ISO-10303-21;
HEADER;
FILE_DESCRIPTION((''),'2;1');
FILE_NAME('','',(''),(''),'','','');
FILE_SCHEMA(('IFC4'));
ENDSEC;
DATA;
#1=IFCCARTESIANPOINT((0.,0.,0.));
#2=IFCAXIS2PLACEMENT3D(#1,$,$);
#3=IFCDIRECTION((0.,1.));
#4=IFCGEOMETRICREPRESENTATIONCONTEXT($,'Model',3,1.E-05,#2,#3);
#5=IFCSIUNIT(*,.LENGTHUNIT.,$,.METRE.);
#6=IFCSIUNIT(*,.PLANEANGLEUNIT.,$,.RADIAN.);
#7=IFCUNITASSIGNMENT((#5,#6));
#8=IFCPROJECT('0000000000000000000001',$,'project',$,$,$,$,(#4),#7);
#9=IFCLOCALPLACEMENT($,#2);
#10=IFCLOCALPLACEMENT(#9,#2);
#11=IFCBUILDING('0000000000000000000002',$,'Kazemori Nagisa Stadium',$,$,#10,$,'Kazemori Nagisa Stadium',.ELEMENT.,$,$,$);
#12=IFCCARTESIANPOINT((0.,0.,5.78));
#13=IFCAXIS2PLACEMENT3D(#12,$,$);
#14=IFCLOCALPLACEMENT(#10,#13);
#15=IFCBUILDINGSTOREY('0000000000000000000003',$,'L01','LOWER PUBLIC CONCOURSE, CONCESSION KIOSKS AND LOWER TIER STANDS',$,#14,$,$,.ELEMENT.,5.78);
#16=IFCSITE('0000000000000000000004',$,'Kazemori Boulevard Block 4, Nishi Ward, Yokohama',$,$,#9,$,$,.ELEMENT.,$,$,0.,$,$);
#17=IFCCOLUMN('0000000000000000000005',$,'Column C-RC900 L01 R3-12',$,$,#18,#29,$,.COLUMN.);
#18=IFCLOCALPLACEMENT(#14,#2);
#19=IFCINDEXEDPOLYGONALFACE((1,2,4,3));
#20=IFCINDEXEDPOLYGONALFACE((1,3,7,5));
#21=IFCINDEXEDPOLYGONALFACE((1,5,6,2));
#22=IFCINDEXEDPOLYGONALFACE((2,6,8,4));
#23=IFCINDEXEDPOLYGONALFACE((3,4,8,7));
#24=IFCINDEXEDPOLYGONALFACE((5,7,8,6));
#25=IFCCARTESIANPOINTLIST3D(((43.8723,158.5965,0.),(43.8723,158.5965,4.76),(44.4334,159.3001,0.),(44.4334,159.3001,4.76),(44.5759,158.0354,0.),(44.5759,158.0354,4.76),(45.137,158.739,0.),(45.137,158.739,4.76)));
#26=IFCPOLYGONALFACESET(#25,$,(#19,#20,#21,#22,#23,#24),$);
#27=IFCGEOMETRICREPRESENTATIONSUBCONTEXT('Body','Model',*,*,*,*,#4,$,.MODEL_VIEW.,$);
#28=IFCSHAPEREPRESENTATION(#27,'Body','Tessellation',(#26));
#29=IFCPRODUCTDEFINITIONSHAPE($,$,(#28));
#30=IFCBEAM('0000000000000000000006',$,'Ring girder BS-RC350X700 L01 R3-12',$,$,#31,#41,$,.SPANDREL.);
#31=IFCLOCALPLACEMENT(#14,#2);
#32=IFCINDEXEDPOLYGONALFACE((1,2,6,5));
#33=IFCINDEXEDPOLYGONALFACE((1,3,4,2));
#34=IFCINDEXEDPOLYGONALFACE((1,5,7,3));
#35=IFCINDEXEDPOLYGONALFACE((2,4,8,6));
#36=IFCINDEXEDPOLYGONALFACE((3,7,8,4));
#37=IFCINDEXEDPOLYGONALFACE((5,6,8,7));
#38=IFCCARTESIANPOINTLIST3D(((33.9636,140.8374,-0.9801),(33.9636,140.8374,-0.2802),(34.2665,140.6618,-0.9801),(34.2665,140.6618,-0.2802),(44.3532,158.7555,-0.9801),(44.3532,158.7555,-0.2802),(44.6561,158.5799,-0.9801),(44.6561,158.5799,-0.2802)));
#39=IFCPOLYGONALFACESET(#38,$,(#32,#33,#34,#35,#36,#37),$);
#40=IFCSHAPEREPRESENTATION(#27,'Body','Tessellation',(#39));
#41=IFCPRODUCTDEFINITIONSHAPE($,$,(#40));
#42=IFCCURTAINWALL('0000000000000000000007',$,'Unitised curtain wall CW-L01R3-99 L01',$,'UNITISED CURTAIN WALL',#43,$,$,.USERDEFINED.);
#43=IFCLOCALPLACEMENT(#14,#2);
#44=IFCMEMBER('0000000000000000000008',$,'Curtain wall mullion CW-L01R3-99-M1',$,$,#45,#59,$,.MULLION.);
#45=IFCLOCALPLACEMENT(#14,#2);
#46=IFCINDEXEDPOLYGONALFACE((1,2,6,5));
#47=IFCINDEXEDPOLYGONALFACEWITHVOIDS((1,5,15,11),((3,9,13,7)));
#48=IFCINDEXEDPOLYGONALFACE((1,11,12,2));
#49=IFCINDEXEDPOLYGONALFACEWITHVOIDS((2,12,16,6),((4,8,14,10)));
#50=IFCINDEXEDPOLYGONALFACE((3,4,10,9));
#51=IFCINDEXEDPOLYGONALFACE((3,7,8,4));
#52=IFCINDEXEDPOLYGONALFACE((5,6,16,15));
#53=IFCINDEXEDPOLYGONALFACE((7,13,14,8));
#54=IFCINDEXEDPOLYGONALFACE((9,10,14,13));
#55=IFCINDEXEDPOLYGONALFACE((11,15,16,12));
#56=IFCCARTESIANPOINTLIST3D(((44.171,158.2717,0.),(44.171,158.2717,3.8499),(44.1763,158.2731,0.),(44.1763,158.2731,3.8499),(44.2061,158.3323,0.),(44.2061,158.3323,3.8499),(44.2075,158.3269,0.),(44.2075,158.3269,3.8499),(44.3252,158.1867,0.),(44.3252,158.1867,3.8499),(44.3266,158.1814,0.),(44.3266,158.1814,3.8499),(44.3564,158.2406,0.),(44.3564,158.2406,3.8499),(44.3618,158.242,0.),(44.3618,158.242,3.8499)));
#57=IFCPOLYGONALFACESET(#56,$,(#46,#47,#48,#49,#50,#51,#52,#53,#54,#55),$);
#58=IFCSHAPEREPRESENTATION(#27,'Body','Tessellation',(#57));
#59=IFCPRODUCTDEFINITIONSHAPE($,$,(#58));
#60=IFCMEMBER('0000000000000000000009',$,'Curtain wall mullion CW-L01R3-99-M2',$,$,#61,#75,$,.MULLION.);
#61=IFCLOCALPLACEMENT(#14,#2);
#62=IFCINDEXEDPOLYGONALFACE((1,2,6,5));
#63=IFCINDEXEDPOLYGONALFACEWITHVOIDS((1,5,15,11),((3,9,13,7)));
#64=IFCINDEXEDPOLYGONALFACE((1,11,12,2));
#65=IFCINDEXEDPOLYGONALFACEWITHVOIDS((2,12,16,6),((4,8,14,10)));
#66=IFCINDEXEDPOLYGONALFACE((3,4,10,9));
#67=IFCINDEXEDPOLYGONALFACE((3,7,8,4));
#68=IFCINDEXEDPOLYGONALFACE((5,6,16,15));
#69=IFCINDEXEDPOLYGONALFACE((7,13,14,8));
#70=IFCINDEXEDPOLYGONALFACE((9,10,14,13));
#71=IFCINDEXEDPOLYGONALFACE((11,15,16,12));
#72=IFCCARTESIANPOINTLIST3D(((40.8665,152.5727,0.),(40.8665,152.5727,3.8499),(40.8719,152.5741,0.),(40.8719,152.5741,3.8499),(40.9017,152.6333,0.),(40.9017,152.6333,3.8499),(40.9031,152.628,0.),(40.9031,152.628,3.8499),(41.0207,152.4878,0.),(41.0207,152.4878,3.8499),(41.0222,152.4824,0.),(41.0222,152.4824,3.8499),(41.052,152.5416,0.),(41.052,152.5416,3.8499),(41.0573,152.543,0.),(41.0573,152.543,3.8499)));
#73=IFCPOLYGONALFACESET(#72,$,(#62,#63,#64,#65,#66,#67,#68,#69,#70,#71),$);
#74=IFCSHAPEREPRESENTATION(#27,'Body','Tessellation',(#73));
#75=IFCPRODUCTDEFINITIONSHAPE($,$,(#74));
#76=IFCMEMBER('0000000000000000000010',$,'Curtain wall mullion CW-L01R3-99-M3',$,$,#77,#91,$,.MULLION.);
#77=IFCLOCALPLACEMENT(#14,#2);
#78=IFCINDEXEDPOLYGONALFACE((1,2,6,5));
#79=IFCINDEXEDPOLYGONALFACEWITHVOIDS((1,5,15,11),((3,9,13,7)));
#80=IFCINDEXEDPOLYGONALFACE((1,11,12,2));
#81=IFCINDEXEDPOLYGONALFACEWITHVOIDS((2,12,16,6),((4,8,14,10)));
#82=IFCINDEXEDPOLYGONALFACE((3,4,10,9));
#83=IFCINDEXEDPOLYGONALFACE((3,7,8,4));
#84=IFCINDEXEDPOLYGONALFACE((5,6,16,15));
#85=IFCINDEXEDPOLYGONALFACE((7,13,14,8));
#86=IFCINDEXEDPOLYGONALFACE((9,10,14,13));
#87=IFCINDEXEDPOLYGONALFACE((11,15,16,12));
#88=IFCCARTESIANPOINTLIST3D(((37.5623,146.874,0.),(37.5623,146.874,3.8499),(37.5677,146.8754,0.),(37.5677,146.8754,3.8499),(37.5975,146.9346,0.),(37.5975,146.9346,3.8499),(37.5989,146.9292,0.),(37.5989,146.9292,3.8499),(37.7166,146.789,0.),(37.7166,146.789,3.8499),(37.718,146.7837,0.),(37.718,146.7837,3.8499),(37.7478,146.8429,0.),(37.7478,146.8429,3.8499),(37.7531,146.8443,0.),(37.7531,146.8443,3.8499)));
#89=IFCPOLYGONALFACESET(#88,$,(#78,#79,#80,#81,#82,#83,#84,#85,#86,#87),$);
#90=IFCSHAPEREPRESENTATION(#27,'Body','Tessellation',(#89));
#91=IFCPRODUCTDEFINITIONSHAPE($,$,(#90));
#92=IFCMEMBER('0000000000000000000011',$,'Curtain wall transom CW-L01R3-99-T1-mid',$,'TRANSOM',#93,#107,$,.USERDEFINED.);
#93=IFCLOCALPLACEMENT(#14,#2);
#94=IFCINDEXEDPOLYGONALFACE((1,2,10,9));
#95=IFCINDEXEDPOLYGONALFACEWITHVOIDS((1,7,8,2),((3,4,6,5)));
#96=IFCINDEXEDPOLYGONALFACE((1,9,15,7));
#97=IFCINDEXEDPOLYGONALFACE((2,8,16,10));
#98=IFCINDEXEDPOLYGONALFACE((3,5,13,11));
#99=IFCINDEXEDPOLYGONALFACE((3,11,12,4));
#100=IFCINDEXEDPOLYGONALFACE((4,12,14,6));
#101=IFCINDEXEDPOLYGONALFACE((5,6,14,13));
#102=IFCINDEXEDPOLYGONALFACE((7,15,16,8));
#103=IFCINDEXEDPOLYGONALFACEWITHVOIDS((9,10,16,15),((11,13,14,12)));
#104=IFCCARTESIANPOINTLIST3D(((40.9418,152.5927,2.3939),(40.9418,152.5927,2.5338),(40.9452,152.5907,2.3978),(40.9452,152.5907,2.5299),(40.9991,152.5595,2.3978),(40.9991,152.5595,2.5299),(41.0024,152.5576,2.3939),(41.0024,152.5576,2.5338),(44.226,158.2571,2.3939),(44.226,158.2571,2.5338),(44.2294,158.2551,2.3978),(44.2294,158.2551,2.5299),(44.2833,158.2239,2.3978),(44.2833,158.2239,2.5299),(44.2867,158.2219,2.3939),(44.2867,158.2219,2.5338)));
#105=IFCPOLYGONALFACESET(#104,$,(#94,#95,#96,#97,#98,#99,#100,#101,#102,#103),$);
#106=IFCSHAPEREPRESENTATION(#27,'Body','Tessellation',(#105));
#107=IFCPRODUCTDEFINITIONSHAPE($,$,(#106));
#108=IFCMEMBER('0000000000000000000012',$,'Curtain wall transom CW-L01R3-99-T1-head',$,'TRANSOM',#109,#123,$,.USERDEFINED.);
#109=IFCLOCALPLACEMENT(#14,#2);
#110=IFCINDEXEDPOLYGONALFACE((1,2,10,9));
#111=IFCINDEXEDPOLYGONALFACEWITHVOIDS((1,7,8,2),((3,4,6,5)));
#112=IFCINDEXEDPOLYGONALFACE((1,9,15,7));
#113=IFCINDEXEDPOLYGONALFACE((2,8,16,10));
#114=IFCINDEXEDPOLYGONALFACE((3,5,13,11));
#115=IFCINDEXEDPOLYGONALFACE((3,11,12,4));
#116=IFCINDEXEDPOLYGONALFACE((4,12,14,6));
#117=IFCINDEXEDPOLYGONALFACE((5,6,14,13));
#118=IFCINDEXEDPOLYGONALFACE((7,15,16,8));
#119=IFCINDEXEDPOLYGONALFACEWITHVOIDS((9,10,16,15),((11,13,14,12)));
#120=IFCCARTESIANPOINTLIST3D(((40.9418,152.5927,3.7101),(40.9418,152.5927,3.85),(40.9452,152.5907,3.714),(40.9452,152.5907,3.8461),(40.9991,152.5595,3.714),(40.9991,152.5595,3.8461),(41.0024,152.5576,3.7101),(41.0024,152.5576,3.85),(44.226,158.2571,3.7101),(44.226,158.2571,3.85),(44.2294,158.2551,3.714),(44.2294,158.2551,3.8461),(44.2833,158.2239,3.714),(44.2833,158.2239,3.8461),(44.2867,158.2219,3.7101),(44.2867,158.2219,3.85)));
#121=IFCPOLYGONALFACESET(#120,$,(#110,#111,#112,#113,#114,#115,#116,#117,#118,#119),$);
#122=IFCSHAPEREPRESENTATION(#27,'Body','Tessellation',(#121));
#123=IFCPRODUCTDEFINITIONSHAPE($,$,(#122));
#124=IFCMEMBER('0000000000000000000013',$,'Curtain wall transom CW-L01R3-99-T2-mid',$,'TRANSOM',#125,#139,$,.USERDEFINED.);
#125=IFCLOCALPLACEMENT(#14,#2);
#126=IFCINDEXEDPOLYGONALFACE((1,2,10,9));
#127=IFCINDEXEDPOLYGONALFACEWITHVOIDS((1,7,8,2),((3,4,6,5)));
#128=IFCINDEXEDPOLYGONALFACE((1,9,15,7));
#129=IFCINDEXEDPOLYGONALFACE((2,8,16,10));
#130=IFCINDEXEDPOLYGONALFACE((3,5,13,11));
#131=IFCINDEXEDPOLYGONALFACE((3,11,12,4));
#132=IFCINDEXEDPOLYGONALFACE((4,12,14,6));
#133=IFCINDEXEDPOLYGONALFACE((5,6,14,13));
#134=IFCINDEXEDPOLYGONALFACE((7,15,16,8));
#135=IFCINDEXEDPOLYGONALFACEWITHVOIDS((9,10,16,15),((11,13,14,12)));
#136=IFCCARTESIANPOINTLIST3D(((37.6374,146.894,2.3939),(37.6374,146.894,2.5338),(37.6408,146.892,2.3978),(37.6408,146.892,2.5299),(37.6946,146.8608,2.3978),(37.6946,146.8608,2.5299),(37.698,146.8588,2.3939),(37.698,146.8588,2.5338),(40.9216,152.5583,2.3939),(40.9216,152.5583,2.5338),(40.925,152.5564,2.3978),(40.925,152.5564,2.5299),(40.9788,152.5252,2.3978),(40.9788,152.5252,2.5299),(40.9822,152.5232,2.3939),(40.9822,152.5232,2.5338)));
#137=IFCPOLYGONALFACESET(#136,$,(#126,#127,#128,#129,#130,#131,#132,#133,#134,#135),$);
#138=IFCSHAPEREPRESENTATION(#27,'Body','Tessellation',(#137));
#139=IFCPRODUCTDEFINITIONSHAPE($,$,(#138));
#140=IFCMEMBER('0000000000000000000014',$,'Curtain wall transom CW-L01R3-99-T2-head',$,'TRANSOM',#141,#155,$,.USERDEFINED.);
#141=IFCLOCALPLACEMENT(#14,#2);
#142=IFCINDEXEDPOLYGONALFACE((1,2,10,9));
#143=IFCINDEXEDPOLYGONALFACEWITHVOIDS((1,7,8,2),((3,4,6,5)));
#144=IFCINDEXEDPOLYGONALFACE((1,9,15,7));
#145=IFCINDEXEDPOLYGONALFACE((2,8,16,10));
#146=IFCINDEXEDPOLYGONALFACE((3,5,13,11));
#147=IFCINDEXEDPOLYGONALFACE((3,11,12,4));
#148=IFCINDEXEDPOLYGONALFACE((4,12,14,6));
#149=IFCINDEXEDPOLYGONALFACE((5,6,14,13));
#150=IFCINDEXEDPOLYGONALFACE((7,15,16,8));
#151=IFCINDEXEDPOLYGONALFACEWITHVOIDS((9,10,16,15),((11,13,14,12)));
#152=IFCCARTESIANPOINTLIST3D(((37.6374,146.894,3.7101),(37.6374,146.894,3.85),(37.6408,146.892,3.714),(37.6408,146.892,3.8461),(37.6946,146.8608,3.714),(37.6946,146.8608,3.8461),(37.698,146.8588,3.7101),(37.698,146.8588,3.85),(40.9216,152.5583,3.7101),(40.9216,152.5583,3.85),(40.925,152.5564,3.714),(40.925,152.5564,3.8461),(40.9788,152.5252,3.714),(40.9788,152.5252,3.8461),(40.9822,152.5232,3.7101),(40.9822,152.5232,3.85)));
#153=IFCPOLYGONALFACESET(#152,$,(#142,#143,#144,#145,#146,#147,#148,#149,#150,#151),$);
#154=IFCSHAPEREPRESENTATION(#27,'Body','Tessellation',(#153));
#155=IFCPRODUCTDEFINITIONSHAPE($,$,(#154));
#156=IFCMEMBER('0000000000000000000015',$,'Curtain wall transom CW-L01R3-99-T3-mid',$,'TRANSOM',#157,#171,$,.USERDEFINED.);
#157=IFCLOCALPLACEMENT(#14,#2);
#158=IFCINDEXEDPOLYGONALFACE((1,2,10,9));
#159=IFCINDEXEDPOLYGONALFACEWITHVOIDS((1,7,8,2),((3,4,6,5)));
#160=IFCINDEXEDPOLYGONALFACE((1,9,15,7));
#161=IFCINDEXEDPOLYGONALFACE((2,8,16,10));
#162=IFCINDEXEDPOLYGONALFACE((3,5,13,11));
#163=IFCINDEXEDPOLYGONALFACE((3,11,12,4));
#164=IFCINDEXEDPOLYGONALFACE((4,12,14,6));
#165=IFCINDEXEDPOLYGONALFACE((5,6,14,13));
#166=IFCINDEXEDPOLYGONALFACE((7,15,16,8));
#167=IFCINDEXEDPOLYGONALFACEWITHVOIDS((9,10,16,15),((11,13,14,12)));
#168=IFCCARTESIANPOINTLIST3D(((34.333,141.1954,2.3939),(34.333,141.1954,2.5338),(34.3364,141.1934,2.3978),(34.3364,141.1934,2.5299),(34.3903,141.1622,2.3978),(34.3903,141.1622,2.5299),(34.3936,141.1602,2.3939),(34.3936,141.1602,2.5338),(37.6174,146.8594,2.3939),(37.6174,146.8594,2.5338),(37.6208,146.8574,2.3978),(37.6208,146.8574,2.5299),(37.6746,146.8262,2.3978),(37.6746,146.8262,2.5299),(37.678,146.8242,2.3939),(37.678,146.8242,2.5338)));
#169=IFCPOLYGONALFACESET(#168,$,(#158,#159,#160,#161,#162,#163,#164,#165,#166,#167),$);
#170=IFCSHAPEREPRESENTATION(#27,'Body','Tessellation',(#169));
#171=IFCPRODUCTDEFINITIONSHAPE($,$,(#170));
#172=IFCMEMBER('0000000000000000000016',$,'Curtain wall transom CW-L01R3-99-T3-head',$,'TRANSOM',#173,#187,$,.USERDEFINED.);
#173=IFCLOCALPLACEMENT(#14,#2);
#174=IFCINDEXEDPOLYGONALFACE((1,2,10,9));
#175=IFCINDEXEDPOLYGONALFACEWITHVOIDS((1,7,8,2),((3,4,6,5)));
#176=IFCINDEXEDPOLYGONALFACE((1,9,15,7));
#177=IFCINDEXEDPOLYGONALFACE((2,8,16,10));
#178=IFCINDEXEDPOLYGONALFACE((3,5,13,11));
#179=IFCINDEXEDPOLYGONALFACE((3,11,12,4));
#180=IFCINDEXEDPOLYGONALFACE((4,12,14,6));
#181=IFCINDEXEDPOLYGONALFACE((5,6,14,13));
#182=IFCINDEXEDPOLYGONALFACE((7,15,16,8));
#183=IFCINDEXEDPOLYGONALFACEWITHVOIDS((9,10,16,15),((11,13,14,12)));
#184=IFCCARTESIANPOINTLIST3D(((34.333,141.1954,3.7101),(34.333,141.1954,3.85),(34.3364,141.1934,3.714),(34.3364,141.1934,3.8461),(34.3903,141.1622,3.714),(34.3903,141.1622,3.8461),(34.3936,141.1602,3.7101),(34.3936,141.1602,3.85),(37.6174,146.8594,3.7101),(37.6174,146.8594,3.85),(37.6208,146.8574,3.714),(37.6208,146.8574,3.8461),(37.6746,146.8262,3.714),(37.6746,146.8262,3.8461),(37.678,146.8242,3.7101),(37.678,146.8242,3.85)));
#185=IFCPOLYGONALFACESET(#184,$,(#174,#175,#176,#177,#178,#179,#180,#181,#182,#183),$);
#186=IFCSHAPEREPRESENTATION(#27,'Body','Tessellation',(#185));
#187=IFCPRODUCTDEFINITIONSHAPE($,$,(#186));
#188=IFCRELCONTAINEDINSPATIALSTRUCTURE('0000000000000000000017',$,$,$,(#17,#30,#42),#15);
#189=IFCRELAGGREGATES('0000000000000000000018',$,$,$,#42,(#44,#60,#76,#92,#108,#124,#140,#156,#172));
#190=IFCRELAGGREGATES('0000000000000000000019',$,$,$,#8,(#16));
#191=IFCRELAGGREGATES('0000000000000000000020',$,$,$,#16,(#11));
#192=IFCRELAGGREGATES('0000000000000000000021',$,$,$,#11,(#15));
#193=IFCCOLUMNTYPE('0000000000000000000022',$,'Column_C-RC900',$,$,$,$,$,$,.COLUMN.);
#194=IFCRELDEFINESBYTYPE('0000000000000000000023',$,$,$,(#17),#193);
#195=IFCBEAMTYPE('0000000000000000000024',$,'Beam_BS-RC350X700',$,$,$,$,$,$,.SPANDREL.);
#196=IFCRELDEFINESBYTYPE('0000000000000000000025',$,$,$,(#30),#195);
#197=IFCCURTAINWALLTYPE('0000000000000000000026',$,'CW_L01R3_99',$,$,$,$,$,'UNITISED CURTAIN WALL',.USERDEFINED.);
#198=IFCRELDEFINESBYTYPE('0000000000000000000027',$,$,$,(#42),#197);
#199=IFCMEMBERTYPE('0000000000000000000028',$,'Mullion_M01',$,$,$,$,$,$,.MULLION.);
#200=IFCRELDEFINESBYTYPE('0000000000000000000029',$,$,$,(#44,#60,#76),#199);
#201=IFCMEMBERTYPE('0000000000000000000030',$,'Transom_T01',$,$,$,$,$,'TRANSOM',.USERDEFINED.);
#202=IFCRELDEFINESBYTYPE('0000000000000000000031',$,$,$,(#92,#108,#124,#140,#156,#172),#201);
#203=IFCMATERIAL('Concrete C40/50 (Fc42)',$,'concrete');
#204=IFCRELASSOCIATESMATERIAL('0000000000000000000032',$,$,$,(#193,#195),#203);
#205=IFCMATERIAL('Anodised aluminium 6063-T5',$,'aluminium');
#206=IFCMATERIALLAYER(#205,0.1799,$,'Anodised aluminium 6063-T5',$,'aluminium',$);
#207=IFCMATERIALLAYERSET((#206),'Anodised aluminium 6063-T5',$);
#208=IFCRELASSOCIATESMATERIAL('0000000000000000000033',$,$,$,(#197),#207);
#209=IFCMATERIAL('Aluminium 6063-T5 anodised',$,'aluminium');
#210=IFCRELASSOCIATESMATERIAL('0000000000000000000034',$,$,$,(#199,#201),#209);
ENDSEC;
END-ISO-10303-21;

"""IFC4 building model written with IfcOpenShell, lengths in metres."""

from ifc_helpers import new_model, si_unit, direction, frame, origin, origin_2d, place, context, subcontext, project, spatial, rectangle, hollow_rectangle, extrude, material, layer, layer_set, material_profile, profile_set, type_object, element, aggregate, save


model = new_model("IFC4")

# Units and contexts
model_context = context("Model", 3, precision=1e-05, world=origin(), true_north=direction((0.0, 1.0)))
body_context = subcontext(model_context, "Body", "Model", "MODEL_VIEW")
ifc_project = project(units=[si_unit("LENGTHUNIT", "METRE"), si_unit("PLANEANGLEUNIT", "RADIAN")], contexts=[model_context])

# Site, building, storey
site_placement = place(None, origin())
site = spatial("IfcSite", under=ifc_project, at=site_placement, Name="Kazemori Boulevard Block 4, Nishi Ward, Yokohama", CompositionType="ELEMENT", RefElevation=0.0)
building_placement = place(site_placement, origin())
building = spatial("IfcBuilding", under=site, at=building_placement, Name="Kazemori Nagisa Stadium", LongName="Kazemori Nagisa Stadium", CompositionType="ELEMENT")
storey_placement = place(building_placement, frame((0.0, 0.0, 5.78)))
storey = spatial("IfcBuildingStorey", under=building, at=storey_placement, Name="L01", Description="LOWER PUBLIC CONCOURSE, CONCESSION KIOSKS AND LOWER TIER STANDS", CompositionType="ELEMENT", Elevation=5.78)

# Column
ifc_material_1 = material(Name="Concrete C40/50 (Fc42)", Category="concrete")
ifc_material_profile_1 = material_profile(ifc_material_1, rectangle(XDim=0.8999, YDim=0.8999, at=origin_2d()), Name="RC-COL-900x900")
ifc_profile_set_1 = profile_set([ifc_material_profile_1], Name="Concrete C40/50 (Fc42)")
column_type = type_object("IfcColumnType", Name="Column_C-RC900", PredefinedType="COLUMN", material=ifc_profile_set_1)
column_placement = place(storey_placement, frame((44.5046, 158.6677, 0.0), z_axis=(0.0, 0.0, 1.0), x_axis=(-0.781831, 0.62349, 0.0)))
element("IfcColumn", 1, at=column_placement, inside=storey, type_object=column_type, Name="Column C-RC900 L01 R3-12", PredefinedType="COLUMN", context=body_context, shape_type="SweptSolid", body=[
    extrude(rectangle(XDim=0.8999, YDim=0.8999, at=origin_2d()), origin(), (0.0, 0.0, 1.0), 4.76),
])

# Beam
ifc_material_profile_2 = material_profile(ifc_material_1, rectangle(XDim=0.3501, YDim=0.7, at=origin_2d()), Name="RC-SP-350x700")
ifc_profile_set_2 = profile_set([ifc_material_profile_2], Name="Concrete C40/50 (Fc42)")
beam_type = type_object("IfcBeamType", Name="Beam_BS-RC350X700", PredefinedType="SPANDREL", material=ifc_profile_set_2)
beam_placement = place(storey_placement, frame((44.5046, 158.6677, -0.6301), z_axis=(-0.501613, -0.865092, 0.0), x_axis=(0.865092, -0.501613, 0.0)))
element("IfcBeam", 2, at=beam_placement, inside=storey, type_object=beam_type, Name="Ring girder BS-RC350X700 L01 R3-12", PredefinedType="SPANDREL", context=body_context, shape_type="SweptSolid", body=[
    extrude(rectangle(XDim=0.3501, YDim=0.7, at=origin_2d()), origin(), (0.0, 0.0, 1.0), 20.7124),
])

# Curtain wall, members
ifc_material_2 = material(Name="Anodised aluminium 6063-T5", Category="aluminium")
ifc_layer_1 = layer(ifc_material_2, 0.1799, Name="Anodised aluminium 6063-T5", Category="aluminium")
ifc_layer_set_1 = layer_set([ifc_layer_1], Name="Anodised aluminium 6063-T5")
curtain_wall_type = type_object("IfcCurtainWallType", Name="CW_L01R3_99", ElementType="UNITISED CURTAIN WALL", PredefinedType="USERDEFINED", material=ifc_layer_set_1)
curtain_wall_placement = place(storey_placement, origin())
curtain_wall = element("IfcCurtainWall", 3, at=curtain_wall_placement, inside=storey, type_object=curtain_wall_type, Name="Unitised curtain wall CW-L01R3-99 L01", ObjectType="UNITISED CURTAIN WALL", PredefinedType="USERDEFINED")
ifc_material_3 = material(Name="Aluminium 6063-T5 anodised", Category="aluminium")
ifc_material_profile_3 = material_profile(ifc_material_3, hollow_rectangle(XDim=0.0701, YDim=0.1799, WallThickness=0.0039, at=origin_2d()), Name="ALU-MULL-70x180x4")
ifc_profile_set_3 = profile_set([ifc_material_profile_3], Name="Aluminium 6063-T5 anodised")
member_type_1 = type_object("IfcMemberType", Name="Mullion_M01", PredefinedType="MULLION", material=ifc_profile_set_3)
member_1_placement = place(storey_placement, frame((44.2664, 158.2568, 0.0), z_axis=(0.0, 0.0, 1.0), x_axis=(-0.501612, -0.865093, 0.0)))
member_1 = element("IfcMember", 4, at=member_1_placement, type_object=member_type_1, Name="Curtain wall mullion CW-L01R3-99-M1", PredefinedType="MULLION", context=body_context, shape_type="SweptSolid", body=[
    extrude(hollow_rectangle(XDim=0.0701, YDim=0.1799, WallThickness=0.0039, at=origin_2d()), origin(), (0.0, 0.0, 1.0), 3.8499),
])
member_2_placement = place(storey_placement, frame((40.9619, 152.5579, 0.0), z_axis=(0.0, 0.0, 1.0), x_axis=(-0.501612, -0.865093, 0.0)))
member_2 = element("IfcMember", 5, at=member_2_placement, type_object=member_type_1, Name="Curtain wall mullion CW-L01R3-99-M2", PredefinedType="MULLION", context=body_context, shape_type="SweptSolid", body=[
    extrude(hollow_rectangle(XDim=0.0701, YDim=0.1799, WallThickness=0.0039, at=origin_2d()), origin(), (0.0, 0.0, 1.0), 3.8499),
])
member_3_placement = place(storey_placement, frame((37.6577, 146.8591, 0.0), z_axis=(0.0, 0.0, 1.0), x_axis=(-0.501612, -0.865093, 0.0)))
member_3 = element("IfcMember", 6, at=member_3_placement, type_object=member_type_1, Name="Curtain wall mullion CW-L01R3-99-M3", PredefinedType="MULLION", context=body_context, shape_type="SweptSolid", body=[
    extrude(hollow_rectangle(XDim=0.0701, YDim=0.1799, WallThickness=0.0039, at=origin_2d()), origin(), (0.0, 0.0, 1.0), 3.8499),
])
ifc_material_profile_4 = material_profile(ifc_material_3, hollow_rectangle(XDim=0.0701, YDim=0.1399, WallThickness=0.0039, at=origin_2d()), Name="ALU-TRAN-70x140x4")
ifc_profile_set_4 = profile_set([ifc_material_profile_4], Name="Aluminium 6063-T5 anodised")
member_type_2 = type_object("IfcMemberType", Name="Transom_T01", ElementType="TRANSOM", PredefinedType="USERDEFINED", material=ifc_profile_set_4)
member_4_placement = place(storey_placement, frame((44.2563, 158.2395, 2.4639), z_axis=(-0.50159, -0.865105, 0.0), x_axis=(0.865105, -0.50159, 0.0)))
member_4 = element("IfcMember", 7, at=member_4_placement, type_object=member_type_2, Name="Curtain wall transom CW-L01R3-99-T1-mid", ObjectType="TRANSOM", PredefinedType="USERDEFINED", context=body_context, shape_type="SweptSolid", body=[
    extrude(hollow_rectangle(XDim=0.0701, YDim=0.1399, WallThickness=0.0039, at=origin_2d()), origin(), (0.0, 0.0, 1.0), 6.5476),
])
member_5_placement = place(storey_placement, frame((44.2563, 158.2395, 3.78), z_axis=(-0.50159, -0.865105, 0.0), x_axis=(0.865105, -0.50159, 0.0)))
member_5 = element("IfcMember", 8, at=member_5_placement, type_object=member_type_2, Name="Curtain wall transom CW-L01R3-99-T1-head", ObjectType="TRANSOM", PredefinedType="USERDEFINED", context=body_context, shape_type="SweptSolid", body=[
    extrude(hollow_rectangle(XDim=0.0701, YDim=0.1399, WallThickness=0.0039, at=origin_2d()), origin(), (0.0, 0.0, 1.0), 6.5476),
])
member_6_placement = place(storey_placement, frame((40.9519, 152.5408, 2.4639), z_axis=(-0.50159, -0.865105, 0.0), x_axis=(0.865105, -0.50159, 0.0)))
member_6 = element("IfcMember", 9, at=member_6_placement, type_object=member_type_2, Name="Curtain wall transom CW-L01R3-99-T2-mid", ObjectType="TRANSOM", PredefinedType="USERDEFINED", context=body_context, shape_type="SweptSolid", body=[
    extrude(hollow_rectangle(XDim=0.0701, YDim=0.1399, WallThickness=0.0039, at=origin_2d()), origin(), (0.0, 0.0, 1.0), 6.5476),
])
member_7_placement = place(storey_placement, frame((40.9519, 152.5408, 3.78), z_axis=(-0.50159, -0.865105, 0.0), x_axis=(0.865105, -0.50159, 0.0)))
member_7 = element("IfcMember", 10, at=member_7_placement, type_object=member_type_2, Name="Curtain wall transom CW-L01R3-99-T2-head", ObjectType="TRANSOM", PredefinedType="USERDEFINED", context=body_context, shape_type="SweptSolid", body=[
    extrude(hollow_rectangle(XDim=0.0701, YDim=0.1399, WallThickness=0.0039, at=origin_2d()), origin(), (0.0, 0.0, 1.0), 6.5476),
])
member_8_placement = place(storey_placement, frame((37.6477, 146.8418, 2.4639), z_axis=(-0.501634, -0.86508, 0.0), x_axis=(0.86508, -0.501634, 0.0)))
member_8 = element("IfcMember", 11, at=member_8_placement, type_object=member_type_2, Name="Curtain wall transom CW-L01R3-99-T3-mid", ObjectType="TRANSOM", PredefinedType="USERDEFINED", context=body_context, shape_type="SweptSolid", body=[
    extrude(hollow_rectangle(XDim=0.0701, YDim=0.1399, WallThickness=0.0039, at=origin_2d()), origin(), (0.0, 0.0, 1.0), 6.5474),
])
member_9_placement = place(storey_placement, frame((37.6477, 146.8418, 3.78), z_axis=(-0.501634, -0.86508, 0.0), x_axis=(0.86508, -0.501634, 0.0)))
member_9 = element("IfcMember", 12, at=member_9_placement, type_object=member_type_2, Name="Curtain wall transom CW-L01R3-99-T3-head", ObjectType="TRANSOM", PredefinedType="USERDEFINED", context=body_context, shape_type="SweptSolid", body=[
    extrude(hollow_rectangle(XDim=0.0701, YDim=0.1399, WallThickness=0.0039, at=origin_2d()), origin(), (0.0, 0.0, 1.0), 6.5474),
])
aggregate(curtain_wall, [member_1, member_2, member_3, member_4, member_5, member_6, member_7, member_8, member_9])

save(model, "model.ifc")
